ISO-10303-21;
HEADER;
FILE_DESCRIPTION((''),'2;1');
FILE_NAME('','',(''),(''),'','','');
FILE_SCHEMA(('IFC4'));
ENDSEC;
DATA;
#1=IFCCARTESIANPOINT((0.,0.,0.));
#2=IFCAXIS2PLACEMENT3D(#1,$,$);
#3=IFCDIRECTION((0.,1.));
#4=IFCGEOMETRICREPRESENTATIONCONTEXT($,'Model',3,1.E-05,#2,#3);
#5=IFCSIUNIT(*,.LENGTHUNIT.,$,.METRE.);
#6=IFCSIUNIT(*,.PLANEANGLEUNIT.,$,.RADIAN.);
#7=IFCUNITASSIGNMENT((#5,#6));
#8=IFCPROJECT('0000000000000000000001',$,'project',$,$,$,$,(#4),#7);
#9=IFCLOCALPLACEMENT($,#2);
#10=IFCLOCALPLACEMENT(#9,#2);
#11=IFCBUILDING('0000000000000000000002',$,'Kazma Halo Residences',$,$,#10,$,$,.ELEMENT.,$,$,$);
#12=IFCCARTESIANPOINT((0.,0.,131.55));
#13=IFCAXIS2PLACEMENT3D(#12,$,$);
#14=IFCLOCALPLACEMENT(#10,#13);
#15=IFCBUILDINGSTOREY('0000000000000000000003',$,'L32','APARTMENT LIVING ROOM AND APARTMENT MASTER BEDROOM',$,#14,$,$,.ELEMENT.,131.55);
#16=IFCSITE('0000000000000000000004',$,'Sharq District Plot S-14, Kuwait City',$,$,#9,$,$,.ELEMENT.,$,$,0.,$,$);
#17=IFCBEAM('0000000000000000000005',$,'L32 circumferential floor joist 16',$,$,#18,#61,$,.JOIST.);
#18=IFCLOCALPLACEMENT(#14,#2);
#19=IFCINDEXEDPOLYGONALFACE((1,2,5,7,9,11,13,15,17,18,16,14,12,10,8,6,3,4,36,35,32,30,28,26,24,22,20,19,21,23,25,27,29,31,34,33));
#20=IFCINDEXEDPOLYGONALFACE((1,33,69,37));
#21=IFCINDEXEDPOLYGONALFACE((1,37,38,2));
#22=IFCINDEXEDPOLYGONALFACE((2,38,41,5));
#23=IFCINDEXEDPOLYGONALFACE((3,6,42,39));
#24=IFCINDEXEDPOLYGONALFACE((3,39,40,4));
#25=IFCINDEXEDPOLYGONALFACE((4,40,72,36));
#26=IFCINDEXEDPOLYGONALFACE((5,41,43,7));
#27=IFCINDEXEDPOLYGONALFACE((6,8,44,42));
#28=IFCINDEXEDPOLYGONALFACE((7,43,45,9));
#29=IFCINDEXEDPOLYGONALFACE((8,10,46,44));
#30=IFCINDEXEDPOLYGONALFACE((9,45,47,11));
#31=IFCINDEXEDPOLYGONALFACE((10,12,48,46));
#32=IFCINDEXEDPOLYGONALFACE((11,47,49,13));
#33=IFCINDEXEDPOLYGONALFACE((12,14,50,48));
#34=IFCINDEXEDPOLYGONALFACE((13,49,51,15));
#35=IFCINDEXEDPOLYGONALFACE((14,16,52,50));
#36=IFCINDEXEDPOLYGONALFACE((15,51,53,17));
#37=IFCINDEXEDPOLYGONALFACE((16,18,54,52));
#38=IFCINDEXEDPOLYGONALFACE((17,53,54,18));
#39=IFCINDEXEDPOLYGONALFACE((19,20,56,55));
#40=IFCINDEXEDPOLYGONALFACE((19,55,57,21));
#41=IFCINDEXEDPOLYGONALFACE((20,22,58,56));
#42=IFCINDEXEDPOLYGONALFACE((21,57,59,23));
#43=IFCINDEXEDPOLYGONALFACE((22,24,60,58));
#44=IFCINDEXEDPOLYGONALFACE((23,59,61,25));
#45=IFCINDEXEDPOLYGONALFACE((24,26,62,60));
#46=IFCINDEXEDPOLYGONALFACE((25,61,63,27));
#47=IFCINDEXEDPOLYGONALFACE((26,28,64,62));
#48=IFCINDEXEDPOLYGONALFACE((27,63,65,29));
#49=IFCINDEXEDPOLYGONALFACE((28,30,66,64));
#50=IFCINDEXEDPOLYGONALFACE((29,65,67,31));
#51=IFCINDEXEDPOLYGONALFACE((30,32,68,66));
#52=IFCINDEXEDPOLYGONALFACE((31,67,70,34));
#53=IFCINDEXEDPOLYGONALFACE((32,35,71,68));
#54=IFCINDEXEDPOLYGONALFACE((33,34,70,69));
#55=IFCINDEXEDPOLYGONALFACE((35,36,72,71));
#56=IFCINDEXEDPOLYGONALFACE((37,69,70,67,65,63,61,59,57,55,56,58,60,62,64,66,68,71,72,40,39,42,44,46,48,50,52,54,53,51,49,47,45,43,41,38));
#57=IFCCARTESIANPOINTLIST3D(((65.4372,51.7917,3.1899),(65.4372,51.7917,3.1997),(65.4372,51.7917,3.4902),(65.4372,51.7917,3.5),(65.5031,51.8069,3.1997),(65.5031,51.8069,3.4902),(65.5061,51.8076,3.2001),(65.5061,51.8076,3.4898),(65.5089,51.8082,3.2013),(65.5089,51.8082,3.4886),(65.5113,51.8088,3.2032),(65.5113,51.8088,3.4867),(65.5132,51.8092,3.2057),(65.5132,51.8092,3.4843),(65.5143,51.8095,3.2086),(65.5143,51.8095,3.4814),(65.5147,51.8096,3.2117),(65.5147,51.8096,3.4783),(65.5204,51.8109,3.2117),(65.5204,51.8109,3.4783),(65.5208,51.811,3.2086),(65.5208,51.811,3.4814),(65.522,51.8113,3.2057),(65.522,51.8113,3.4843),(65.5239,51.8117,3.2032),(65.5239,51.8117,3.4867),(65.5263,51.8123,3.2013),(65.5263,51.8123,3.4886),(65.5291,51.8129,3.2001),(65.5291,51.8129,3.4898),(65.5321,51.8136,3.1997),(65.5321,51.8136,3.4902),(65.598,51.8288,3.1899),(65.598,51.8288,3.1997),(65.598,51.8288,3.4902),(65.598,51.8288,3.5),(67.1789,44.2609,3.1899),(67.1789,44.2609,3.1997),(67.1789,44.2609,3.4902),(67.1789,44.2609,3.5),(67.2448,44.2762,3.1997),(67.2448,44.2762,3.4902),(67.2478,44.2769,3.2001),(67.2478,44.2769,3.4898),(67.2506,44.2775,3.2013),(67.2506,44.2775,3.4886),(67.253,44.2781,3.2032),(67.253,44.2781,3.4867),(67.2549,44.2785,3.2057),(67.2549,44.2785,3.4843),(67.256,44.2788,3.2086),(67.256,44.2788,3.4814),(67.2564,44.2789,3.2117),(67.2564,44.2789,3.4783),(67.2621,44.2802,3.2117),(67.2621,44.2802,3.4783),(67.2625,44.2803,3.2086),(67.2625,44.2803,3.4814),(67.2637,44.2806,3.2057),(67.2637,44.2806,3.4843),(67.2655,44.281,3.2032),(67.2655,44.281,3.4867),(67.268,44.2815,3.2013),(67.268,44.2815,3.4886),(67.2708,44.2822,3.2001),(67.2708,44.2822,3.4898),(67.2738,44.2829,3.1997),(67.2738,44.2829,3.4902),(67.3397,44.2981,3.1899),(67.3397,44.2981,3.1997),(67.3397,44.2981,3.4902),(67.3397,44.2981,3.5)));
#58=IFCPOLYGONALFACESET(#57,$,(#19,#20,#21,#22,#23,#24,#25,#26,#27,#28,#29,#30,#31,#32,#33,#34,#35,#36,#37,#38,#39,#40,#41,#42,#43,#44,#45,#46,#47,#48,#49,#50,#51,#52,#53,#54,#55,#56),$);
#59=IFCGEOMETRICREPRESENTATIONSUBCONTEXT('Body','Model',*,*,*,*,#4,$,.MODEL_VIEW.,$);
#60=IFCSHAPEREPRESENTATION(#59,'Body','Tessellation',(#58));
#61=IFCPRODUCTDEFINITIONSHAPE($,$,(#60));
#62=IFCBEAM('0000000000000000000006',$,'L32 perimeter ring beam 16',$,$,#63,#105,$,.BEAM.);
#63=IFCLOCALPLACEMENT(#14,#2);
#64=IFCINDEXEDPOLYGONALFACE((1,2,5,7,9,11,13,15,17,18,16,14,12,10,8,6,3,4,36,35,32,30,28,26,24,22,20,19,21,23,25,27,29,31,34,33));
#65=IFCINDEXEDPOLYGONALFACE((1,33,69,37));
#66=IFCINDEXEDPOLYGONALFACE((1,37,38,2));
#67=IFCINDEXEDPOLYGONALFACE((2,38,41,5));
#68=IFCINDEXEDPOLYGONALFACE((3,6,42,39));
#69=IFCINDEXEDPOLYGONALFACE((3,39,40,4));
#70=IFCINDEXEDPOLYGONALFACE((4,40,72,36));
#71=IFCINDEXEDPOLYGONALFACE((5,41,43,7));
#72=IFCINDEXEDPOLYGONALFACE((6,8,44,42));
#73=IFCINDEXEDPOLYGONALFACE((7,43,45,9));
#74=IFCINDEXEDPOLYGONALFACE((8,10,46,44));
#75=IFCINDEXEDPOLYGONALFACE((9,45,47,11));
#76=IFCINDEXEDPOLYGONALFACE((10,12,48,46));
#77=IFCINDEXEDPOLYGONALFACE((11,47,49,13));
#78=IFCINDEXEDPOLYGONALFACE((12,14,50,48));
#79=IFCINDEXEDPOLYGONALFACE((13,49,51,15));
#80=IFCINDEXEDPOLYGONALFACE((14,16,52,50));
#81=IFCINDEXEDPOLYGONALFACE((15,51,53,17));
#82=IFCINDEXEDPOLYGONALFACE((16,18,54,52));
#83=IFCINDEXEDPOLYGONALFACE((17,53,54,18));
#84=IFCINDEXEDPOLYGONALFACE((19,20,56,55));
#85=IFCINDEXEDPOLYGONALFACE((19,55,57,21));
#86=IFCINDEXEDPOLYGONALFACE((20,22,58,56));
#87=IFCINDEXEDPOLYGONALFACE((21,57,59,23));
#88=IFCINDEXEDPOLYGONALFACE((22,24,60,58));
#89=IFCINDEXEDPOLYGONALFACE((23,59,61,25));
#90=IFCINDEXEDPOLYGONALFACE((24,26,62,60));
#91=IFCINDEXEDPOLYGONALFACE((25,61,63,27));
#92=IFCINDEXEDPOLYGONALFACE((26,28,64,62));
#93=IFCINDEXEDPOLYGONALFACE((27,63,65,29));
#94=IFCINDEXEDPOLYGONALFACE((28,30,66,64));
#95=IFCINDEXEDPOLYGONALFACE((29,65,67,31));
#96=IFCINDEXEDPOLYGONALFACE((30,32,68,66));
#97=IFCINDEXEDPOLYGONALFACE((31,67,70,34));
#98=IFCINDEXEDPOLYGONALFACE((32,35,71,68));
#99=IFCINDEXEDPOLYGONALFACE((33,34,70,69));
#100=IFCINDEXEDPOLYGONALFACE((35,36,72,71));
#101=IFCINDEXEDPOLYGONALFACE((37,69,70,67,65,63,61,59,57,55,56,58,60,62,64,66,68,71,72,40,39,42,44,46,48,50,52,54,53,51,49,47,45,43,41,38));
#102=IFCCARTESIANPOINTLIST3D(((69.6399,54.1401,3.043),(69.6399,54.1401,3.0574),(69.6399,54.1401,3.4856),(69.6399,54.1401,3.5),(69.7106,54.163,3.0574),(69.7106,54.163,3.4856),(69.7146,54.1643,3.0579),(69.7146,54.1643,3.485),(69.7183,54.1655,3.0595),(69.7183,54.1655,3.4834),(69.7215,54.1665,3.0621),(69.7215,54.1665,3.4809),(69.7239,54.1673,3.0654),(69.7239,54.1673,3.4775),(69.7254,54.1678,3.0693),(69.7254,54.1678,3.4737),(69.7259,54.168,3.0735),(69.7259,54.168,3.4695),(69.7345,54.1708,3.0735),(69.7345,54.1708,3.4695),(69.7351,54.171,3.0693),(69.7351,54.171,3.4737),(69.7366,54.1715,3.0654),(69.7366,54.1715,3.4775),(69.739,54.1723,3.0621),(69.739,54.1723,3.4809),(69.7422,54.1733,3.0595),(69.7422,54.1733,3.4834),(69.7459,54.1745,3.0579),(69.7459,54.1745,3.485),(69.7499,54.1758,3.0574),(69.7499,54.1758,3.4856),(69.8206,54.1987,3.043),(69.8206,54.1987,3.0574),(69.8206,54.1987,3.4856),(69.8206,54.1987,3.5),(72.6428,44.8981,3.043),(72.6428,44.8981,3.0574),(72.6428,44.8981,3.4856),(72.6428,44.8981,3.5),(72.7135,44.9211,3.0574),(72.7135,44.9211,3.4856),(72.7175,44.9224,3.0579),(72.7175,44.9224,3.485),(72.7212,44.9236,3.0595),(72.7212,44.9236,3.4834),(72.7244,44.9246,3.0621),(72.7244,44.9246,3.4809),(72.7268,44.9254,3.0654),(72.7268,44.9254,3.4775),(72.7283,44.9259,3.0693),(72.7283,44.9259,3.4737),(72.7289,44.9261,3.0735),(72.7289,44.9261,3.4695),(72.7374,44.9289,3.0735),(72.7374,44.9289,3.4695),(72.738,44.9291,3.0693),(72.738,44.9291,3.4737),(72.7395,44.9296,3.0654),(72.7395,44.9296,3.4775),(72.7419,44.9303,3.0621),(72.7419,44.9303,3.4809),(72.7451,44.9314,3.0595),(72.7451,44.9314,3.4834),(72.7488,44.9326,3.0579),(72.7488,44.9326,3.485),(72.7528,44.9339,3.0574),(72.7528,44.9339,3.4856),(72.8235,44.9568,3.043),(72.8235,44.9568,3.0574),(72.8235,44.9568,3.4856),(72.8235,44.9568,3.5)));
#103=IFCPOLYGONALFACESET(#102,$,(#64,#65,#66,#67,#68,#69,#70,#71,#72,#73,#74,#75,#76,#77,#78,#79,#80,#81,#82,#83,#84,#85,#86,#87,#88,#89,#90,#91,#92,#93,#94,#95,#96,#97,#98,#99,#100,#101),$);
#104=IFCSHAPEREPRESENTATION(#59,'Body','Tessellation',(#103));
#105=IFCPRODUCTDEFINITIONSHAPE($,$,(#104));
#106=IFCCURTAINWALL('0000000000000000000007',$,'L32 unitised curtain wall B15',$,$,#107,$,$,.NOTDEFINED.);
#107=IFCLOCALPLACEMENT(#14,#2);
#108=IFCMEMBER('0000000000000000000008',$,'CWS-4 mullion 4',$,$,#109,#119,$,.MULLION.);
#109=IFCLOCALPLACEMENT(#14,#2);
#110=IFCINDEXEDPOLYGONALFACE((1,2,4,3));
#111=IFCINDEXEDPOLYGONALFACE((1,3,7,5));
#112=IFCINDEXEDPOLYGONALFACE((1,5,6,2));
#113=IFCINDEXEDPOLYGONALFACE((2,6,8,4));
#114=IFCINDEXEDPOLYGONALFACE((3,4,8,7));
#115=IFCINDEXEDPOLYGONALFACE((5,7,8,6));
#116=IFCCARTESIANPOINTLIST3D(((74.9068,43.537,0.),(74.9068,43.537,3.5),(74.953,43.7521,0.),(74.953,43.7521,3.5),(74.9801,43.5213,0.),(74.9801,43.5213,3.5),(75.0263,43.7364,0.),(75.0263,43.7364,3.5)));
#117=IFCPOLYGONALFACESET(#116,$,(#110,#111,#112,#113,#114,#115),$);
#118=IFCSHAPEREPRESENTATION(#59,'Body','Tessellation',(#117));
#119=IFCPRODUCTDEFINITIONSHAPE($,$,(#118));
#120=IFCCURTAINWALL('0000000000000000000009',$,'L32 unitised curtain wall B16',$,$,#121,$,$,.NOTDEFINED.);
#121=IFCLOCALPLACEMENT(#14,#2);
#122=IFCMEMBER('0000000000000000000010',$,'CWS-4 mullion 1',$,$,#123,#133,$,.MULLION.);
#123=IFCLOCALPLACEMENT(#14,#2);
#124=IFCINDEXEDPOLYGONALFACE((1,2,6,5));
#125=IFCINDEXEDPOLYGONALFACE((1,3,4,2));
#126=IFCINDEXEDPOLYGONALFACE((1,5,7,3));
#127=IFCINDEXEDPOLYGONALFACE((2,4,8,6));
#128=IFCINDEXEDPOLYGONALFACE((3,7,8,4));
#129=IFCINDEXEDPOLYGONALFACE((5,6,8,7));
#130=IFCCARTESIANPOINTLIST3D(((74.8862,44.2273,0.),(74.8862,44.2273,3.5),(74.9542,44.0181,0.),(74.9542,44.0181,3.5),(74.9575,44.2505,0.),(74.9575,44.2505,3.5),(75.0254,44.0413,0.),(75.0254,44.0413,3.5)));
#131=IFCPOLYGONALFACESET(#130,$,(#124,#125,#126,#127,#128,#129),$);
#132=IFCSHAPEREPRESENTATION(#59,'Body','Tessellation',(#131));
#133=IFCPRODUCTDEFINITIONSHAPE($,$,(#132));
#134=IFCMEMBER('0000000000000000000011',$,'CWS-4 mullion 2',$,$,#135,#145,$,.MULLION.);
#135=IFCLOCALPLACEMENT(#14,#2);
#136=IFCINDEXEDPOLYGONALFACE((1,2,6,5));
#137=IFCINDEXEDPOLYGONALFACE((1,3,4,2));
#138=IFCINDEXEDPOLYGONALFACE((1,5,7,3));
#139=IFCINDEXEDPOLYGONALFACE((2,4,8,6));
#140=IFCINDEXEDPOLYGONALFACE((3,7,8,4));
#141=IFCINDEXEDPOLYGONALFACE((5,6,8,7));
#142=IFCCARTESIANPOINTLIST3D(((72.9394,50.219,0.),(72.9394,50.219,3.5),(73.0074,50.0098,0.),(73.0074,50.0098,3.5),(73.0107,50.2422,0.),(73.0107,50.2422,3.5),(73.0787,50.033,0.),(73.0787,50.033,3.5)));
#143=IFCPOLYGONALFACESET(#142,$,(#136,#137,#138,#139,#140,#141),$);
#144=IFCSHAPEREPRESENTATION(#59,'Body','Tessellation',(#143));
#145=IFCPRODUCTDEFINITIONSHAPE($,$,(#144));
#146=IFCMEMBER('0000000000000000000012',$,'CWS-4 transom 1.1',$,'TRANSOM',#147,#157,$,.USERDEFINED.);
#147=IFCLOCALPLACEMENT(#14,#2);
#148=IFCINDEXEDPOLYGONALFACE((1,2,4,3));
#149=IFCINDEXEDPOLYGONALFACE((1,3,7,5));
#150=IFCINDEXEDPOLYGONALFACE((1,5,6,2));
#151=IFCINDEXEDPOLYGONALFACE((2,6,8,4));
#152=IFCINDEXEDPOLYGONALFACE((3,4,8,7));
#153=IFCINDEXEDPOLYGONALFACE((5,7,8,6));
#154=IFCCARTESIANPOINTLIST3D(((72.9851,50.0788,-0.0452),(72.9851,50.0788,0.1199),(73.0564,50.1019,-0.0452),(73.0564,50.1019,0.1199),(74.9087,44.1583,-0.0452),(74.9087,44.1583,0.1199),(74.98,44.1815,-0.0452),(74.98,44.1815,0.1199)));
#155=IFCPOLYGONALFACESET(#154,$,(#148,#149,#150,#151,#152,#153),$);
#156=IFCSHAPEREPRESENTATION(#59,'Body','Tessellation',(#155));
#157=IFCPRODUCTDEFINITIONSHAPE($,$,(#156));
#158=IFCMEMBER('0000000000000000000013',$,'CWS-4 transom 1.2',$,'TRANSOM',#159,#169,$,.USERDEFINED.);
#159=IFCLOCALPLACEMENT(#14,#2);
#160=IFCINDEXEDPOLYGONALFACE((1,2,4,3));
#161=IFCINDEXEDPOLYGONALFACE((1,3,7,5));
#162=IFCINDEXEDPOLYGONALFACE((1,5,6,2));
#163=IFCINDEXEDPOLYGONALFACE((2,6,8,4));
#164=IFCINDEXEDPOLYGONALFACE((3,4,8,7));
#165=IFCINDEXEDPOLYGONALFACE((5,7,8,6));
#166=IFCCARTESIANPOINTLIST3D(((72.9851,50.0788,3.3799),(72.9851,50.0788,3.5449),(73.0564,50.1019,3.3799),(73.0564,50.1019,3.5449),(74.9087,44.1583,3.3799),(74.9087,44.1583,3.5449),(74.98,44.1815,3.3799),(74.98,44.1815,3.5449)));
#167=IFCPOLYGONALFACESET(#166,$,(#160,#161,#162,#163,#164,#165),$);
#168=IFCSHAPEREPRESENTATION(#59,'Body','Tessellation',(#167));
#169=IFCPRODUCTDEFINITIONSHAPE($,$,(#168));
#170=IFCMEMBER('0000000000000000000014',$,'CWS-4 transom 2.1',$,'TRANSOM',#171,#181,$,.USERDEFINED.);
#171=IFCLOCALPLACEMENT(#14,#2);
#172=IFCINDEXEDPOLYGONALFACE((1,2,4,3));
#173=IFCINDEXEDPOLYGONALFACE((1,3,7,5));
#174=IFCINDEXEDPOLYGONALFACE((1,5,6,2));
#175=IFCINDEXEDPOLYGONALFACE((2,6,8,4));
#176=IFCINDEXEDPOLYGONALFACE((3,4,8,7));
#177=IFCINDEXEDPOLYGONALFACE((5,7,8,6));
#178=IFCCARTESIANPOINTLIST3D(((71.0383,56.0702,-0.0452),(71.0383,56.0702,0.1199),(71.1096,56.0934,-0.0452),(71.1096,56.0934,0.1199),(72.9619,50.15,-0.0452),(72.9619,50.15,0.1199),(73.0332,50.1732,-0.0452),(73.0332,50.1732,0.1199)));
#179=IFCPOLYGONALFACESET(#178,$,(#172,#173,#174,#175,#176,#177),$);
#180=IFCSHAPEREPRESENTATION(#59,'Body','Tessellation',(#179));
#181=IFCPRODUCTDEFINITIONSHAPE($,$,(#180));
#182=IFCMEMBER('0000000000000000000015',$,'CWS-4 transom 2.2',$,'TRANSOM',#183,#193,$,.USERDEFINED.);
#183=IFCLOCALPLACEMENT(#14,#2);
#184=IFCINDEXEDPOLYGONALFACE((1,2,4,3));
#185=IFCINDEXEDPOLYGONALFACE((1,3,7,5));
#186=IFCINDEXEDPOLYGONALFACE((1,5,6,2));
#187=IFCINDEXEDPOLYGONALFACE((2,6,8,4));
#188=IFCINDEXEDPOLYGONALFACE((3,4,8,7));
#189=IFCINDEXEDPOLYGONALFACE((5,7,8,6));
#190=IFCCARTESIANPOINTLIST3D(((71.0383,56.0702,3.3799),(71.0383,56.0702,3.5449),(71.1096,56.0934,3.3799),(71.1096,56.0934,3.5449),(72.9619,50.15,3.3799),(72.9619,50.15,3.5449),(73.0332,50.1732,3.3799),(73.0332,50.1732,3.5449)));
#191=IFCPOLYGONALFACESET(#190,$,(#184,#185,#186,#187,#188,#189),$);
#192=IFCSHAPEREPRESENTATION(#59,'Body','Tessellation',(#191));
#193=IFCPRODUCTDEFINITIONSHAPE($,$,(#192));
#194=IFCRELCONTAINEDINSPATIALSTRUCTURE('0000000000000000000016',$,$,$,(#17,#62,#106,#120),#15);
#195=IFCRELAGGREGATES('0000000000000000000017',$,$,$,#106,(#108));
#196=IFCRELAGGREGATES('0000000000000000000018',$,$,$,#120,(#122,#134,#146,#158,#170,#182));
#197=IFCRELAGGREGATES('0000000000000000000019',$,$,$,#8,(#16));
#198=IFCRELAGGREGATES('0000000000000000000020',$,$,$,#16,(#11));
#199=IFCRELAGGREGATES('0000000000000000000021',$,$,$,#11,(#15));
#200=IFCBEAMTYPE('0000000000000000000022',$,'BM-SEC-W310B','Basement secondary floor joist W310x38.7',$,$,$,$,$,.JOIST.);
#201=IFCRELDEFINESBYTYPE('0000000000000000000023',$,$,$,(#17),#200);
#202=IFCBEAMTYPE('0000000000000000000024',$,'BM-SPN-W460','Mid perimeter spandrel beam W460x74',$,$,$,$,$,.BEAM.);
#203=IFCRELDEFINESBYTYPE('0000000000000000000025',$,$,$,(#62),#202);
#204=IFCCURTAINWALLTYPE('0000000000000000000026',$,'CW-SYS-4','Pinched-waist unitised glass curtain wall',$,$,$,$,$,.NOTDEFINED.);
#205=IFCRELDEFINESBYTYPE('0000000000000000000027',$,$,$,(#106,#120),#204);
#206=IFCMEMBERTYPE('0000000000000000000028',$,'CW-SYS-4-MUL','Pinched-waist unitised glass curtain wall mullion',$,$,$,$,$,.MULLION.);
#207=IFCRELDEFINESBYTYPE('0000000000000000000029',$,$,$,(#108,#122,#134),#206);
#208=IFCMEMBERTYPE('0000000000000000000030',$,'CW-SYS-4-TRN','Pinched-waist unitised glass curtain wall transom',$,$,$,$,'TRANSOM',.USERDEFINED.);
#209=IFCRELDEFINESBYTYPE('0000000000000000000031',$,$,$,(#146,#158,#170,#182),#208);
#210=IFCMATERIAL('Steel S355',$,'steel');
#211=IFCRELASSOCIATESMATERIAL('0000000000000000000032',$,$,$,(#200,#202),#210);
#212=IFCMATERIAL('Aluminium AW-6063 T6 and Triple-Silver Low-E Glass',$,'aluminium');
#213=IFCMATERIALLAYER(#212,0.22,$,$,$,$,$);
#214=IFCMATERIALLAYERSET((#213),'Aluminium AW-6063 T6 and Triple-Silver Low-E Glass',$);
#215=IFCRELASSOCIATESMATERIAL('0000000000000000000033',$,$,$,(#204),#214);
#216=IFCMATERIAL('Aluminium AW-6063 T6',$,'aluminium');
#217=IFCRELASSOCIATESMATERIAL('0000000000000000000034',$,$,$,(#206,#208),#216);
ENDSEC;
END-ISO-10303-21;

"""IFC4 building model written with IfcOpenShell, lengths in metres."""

from ifc_helpers import new_model, si_unit, direction, frame, origin, origin_2d, place, context, subcontext, project, spatial, rectangle, i_section, extrude, material, layer, layer_set, material_profile, profile_set, type_object, element, aggregate, save


model = new_model("IFC4")

# Units and contexts
model_context = context("Model", 3, precision=1e-05, world=origin(), true_north=direction((0.0, 1.0)))
body_context = subcontext(model_context, "Body", "Model", "MODEL_VIEW")
ifc_project = project(units=[si_unit("LENGTHUNIT", "METRE"), si_unit("PLANEANGLEUNIT", "RADIAN")], contexts=[model_context])

# Site, building, storey
site_placement = place(None, origin())
site = spatial("IfcSite", under=ifc_project, at=site_placement, Name="Sharq District Plot S-14, Kuwait City", CompositionType="ELEMENT", RefElevation=0.0)
building_placement = place(site_placement, origin())
building = spatial("IfcBuilding", under=site, at=building_placement, Name="Kazma Halo Residences", CompositionType="ELEMENT")
storey_placement = place(building_placement, frame((0.0, 0.0, 131.55)))
storey = spatial("IfcBuildingStorey", under=building, at=storey_placement, Name="L32", Description="APARTMENT LIVING ROOM AND APARTMENT MASTER BEDROOM", CompositionType="ELEMENT", Elevation=131.55)

# Beams
ifc_material_1 = material(Name="Steel S355", Category="steel")
ifc_material_profile_1 = material_profile(ifc_material_1, i_section(OverallWidth=0.165, OverallDepth=0.3101, WebThickness=0.0059, FlangeThickness=0.0098, FilletRadius=0.012, at=origin_2d()), Name="W310x38.7")
ifc_profile_set_1 = profile_set([ifc_material_profile_1], Name="Steel S355")
beam_type_1 = type_object("IfcBeamType", Name="BM-SEC-W310B", Description="Basement secondary floor joist W310x38.7", PredefinedType="JOIST", material=ifc_profile_set_1)
beam_1_placement = place(storey_placement, frame((67.2593, 44.2795, 3.345), z_axis=(-0.22533, 0.974282, 0.0), x_axis=(-0.974282, -0.22533, 0.0)))
element("IfcBeam", 1, at=beam_1_placement, inside=storey, type_object=beam_type_1, Name="L32 circumferential floor joist 16", PredefinedType="JOIST", context=body_context, shape_type="SweptSolid", body=[
    extrude(i_section(OverallWidth=0.165, OverallDepth=0.3101, WebThickness=0.0059, FlangeThickness=0.0098, FilletRadius=0.012, at=origin_2d()), origin(), (0.0, 0.0, 1.0), 7.7295),
])
ifc_material_profile_2 = material_profile(ifc_material_1, i_section(OverallWidth=0.1899, OverallDepth=0.457, WebThickness=0.009, FlangeThickness=0.0144, FilletRadius=0.0161, at=origin_2d()), Name="W460x74")
ifc_profile_set_2 = profile_set([ifc_material_profile_2], Name="Steel S355")
beam_type_2 = type_object("IfcBeamType", Name="BM-SPN-W460", Description="Mid perimeter spandrel beam W460x74", PredefinedType="BEAM", material=ifc_profile_set_2)
beam_2_placement = place(storey_placement, frame((72.7332, 44.9275, 3.2715), z_axis=(-0.309021, 0.951055, 0.0), x_axis=(-0.951055, -0.309021, 0.0)))
element("IfcBeam", 2, at=beam_2_placement, inside=storey, type_object=beam_type_2, Name="L32 perimeter ring beam 16", PredefinedType="BEAM", context=body_context, shape_type="SweptSolid", body=[
    extrude(i_section(OverallWidth=0.1899, OverallDepth=0.457, WebThickness=0.009, FlangeThickness=0.0144, FilletRadius=0.0161, at=origin_2d()), origin(), (0.0, 0.0, 1.0), 9.7175),
])

# Curtain wall, member
ifc_material_2 = material(Name="Aluminium AW-6063 T6 and Triple-Silver Low-E Glass", Category="aluminium")
ifc_layer_1 = layer(ifc_material_2, 0.22)
ifc_layer_set_1 = layer_set([ifc_layer_1], Name="Aluminium AW-6063 T6 and Triple-Silver Low-E Glass")
curtain_wall_type = type_object("IfcCurtainWallType", Name="CW-SYS-4", Description="Pinched-waist unitised glass curtain wall", PredefinedType="NOTDEFINED", material=ifc_layer_set_1)
curtain_wall_1_placement = place(storey_placement, origin())
curtain_wall_1 = element("IfcCurtainWall", 3, at=curtain_wall_1_placement, inside=storey, type_object=curtain_wall_type, Name="L32 unitised curtain wall B15", PredefinedType="NOTDEFINED")
ifc_material_3 = material(Name="Aluminium AW-6063 T6", Category="aluminium")
ifc_material_profile_3 = material_profile(ifc_material_3, rectangle(XDim=0.075, YDim=0.22, at=origin_2d()), Name="CWM-75x220")
ifc_profile_set_3 = profile_set([ifc_material_profile_3], Name="Aluminium AW-6063 T6")
member_type_1 = type_object("IfcMemberType", Name="CW-SYS-4-MUL", Description="Pinched-waist unitised glass curtain wall mullion", PredefinedType="MULLION", material=ifc_profile_set_3)
member_1_placement = place(storey_placement, frame((74.9666, 43.6367, 0.0), z_axis=(0.0, 0.0, 1.0), x_axis=(-0.977765, 0.209704, 0.0)))
member_1 = element("IfcMember", 4, at=member_1_placement, type_object=member_type_1, Name="CWS-4 mullion 4", PredefinedType="MULLION", context=body_context, shape_type="SweptSolid", body=[
    extrude(rectangle(XDim=0.075, YDim=0.22, at=origin_2d()), origin(), (0.0, 0.0, 1.0), 3.5),
])
aggregate(curtain_wall_1, [member_1])

# Curtain wall, members
curtain_wall_2_placement = place(storey_placement, origin())
curtain_wall_2 = element("IfcCurtainWall", 5, at=curtain_wall_2_placement, inside=storey, type_object=curtain_wall_type, Name="L32 unitised curtain wall B16", PredefinedType="NOTDEFINED")
member_2_placement = place(storey_placement, frame((74.9558, 44.1343, 0.0), z_axis=(0.0, 0.0, 1.0), x_axis=(-0.951058, -0.309014, 0.0)))
member_2 = element("IfcMember", 6, at=member_2_placement, type_object=member_type_1, Name="CWS-4 mullion 1", PredefinedType="MULLION", context=body_context, shape_type="SweptSolid", body=[
    extrude(rectangle(XDim=0.075, YDim=0.22, at=origin_2d()), origin(), (0.0, 0.0, 1.0), 3.5),
])
member_3_placement = place(storey_placement, frame((73.009, 50.126, 0.0), z_axis=(0.0, 0.0, 1.0), x_axis=(-0.951058, -0.309014, 0.0)))
member_3 = element("IfcMember", 7, at=member_3_placement, type_object=member_type_1, Name="CWS-4 mullion 2", PredefinedType="MULLION", context=body_context, shape_type="SweptSolid", body=[
    extrude(rectangle(XDim=0.075, YDim=0.22, at=origin_2d()), origin(), (0.0, 0.0, 1.0), 3.5),
])
ifc_material_profile_4 = material_profile(ifc_material_3, rectangle(XDim=0.075, YDim=0.165, at=origin_2d()), Name="CWT-75x165")
ifc_profile_set_4 = profile_set([ifc_material_profile_4], Name="Aluminium AW-6063 T6")
member_type_2 = type_object("IfcMemberType", Name="CW-SYS-4-TRN", Description="Pinched-waist unitised glass curtain wall transom", ElementType="TRANSOM", PredefinedType="USERDEFINED", material=ifc_profile_set_4)
member_4_placement = place(storey_placement, frame((74.9443, 44.1699, 0.0374), z_axis=(-0.309006, 0.95106, 0.0), x_axis=(-0.95106, -0.309006, 0.0)))
member_4 = element("IfcMember", 8, at=member_4_placement, type_object=member_type_2, Name="CWS-4 transom 1.1", ObjectType="TRANSOM", PredefinedType="USERDEFINED", context=body_context, shape_type="SweptSolid", body=[
    extrude(rectangle(XDim=0.075, YDim=0.165, at=origin_2d()), origin(), (0.0, 0.0, 1.0), 6.2251),
])
member_5_placement = place(storey_placement, frame((74.9443, 44.1699, 3.4624), z_axis=(-0.309006, 0.95106, 0.0), x_axis=(-0.95106, -0.309006, 0.0)))
member_5 = element("IfcMember", 9, at=member_5_placement, type_object=member_type_2, Name="CWS-4 transom 1.2", ObjectType="TRANSOM", PredefinedType="USERDEFINED", context=body_context, shape_type="SweptSolid", body=[
    extrude(rectangle(XDim=0.075, YDim=0.165, at=origin_2d()), origin(), (0.0, 0.0, 1.0), 6.2251),
])
member_6_placement = place(storey_placement, frame((72.9976, 50.1616, 0.0374), z_axis=(-0.309018, 0.951056, 0.0), x_axis=(-0.951056, -0.309018, 0.0)))
member_6 = element("IfcMember", 10, at=member_6_placement, type_object=member_type_2, Name="CWS-4 transom 2.1", ObjectType="TRANSOM", PredefinedType="USERDEFINED", context=body_context, shape_type="SweptSolid", body=[
    extrude(rectangle(XDim=0.075, YDim=0.165, at=origin_2d()), origin(), (0.0, 0.0, 1.0), 6.2249),
])
member_7_placement = place(storey_placement, frame((72.9976, 50.1616, 3.4624), z_axis=(-0.309018, 0.951056, 0.0), x_axis=(-0.951056, -0.309018, 0.0)))
member_7 = element("IfcMember", 11, at=member_7_placement, type_object=member_type_2, Name="CWS-4 transom 2.2", ObjectType="TRANSOM", PredefinedType="USERDEFINED", context=body_context, shape_type="SweptSolid", body=[
    extrude(rectangle(XDim=0.075, YDim=0.165, at=origin_2d()), origin(), (0.0, 0.0, 1.0), 6.2249),
])
aggregate(curtain_wall_2, [member_2, member_3, member_4, member_5, member_6, member_7])

save(model, "model.ifc")
